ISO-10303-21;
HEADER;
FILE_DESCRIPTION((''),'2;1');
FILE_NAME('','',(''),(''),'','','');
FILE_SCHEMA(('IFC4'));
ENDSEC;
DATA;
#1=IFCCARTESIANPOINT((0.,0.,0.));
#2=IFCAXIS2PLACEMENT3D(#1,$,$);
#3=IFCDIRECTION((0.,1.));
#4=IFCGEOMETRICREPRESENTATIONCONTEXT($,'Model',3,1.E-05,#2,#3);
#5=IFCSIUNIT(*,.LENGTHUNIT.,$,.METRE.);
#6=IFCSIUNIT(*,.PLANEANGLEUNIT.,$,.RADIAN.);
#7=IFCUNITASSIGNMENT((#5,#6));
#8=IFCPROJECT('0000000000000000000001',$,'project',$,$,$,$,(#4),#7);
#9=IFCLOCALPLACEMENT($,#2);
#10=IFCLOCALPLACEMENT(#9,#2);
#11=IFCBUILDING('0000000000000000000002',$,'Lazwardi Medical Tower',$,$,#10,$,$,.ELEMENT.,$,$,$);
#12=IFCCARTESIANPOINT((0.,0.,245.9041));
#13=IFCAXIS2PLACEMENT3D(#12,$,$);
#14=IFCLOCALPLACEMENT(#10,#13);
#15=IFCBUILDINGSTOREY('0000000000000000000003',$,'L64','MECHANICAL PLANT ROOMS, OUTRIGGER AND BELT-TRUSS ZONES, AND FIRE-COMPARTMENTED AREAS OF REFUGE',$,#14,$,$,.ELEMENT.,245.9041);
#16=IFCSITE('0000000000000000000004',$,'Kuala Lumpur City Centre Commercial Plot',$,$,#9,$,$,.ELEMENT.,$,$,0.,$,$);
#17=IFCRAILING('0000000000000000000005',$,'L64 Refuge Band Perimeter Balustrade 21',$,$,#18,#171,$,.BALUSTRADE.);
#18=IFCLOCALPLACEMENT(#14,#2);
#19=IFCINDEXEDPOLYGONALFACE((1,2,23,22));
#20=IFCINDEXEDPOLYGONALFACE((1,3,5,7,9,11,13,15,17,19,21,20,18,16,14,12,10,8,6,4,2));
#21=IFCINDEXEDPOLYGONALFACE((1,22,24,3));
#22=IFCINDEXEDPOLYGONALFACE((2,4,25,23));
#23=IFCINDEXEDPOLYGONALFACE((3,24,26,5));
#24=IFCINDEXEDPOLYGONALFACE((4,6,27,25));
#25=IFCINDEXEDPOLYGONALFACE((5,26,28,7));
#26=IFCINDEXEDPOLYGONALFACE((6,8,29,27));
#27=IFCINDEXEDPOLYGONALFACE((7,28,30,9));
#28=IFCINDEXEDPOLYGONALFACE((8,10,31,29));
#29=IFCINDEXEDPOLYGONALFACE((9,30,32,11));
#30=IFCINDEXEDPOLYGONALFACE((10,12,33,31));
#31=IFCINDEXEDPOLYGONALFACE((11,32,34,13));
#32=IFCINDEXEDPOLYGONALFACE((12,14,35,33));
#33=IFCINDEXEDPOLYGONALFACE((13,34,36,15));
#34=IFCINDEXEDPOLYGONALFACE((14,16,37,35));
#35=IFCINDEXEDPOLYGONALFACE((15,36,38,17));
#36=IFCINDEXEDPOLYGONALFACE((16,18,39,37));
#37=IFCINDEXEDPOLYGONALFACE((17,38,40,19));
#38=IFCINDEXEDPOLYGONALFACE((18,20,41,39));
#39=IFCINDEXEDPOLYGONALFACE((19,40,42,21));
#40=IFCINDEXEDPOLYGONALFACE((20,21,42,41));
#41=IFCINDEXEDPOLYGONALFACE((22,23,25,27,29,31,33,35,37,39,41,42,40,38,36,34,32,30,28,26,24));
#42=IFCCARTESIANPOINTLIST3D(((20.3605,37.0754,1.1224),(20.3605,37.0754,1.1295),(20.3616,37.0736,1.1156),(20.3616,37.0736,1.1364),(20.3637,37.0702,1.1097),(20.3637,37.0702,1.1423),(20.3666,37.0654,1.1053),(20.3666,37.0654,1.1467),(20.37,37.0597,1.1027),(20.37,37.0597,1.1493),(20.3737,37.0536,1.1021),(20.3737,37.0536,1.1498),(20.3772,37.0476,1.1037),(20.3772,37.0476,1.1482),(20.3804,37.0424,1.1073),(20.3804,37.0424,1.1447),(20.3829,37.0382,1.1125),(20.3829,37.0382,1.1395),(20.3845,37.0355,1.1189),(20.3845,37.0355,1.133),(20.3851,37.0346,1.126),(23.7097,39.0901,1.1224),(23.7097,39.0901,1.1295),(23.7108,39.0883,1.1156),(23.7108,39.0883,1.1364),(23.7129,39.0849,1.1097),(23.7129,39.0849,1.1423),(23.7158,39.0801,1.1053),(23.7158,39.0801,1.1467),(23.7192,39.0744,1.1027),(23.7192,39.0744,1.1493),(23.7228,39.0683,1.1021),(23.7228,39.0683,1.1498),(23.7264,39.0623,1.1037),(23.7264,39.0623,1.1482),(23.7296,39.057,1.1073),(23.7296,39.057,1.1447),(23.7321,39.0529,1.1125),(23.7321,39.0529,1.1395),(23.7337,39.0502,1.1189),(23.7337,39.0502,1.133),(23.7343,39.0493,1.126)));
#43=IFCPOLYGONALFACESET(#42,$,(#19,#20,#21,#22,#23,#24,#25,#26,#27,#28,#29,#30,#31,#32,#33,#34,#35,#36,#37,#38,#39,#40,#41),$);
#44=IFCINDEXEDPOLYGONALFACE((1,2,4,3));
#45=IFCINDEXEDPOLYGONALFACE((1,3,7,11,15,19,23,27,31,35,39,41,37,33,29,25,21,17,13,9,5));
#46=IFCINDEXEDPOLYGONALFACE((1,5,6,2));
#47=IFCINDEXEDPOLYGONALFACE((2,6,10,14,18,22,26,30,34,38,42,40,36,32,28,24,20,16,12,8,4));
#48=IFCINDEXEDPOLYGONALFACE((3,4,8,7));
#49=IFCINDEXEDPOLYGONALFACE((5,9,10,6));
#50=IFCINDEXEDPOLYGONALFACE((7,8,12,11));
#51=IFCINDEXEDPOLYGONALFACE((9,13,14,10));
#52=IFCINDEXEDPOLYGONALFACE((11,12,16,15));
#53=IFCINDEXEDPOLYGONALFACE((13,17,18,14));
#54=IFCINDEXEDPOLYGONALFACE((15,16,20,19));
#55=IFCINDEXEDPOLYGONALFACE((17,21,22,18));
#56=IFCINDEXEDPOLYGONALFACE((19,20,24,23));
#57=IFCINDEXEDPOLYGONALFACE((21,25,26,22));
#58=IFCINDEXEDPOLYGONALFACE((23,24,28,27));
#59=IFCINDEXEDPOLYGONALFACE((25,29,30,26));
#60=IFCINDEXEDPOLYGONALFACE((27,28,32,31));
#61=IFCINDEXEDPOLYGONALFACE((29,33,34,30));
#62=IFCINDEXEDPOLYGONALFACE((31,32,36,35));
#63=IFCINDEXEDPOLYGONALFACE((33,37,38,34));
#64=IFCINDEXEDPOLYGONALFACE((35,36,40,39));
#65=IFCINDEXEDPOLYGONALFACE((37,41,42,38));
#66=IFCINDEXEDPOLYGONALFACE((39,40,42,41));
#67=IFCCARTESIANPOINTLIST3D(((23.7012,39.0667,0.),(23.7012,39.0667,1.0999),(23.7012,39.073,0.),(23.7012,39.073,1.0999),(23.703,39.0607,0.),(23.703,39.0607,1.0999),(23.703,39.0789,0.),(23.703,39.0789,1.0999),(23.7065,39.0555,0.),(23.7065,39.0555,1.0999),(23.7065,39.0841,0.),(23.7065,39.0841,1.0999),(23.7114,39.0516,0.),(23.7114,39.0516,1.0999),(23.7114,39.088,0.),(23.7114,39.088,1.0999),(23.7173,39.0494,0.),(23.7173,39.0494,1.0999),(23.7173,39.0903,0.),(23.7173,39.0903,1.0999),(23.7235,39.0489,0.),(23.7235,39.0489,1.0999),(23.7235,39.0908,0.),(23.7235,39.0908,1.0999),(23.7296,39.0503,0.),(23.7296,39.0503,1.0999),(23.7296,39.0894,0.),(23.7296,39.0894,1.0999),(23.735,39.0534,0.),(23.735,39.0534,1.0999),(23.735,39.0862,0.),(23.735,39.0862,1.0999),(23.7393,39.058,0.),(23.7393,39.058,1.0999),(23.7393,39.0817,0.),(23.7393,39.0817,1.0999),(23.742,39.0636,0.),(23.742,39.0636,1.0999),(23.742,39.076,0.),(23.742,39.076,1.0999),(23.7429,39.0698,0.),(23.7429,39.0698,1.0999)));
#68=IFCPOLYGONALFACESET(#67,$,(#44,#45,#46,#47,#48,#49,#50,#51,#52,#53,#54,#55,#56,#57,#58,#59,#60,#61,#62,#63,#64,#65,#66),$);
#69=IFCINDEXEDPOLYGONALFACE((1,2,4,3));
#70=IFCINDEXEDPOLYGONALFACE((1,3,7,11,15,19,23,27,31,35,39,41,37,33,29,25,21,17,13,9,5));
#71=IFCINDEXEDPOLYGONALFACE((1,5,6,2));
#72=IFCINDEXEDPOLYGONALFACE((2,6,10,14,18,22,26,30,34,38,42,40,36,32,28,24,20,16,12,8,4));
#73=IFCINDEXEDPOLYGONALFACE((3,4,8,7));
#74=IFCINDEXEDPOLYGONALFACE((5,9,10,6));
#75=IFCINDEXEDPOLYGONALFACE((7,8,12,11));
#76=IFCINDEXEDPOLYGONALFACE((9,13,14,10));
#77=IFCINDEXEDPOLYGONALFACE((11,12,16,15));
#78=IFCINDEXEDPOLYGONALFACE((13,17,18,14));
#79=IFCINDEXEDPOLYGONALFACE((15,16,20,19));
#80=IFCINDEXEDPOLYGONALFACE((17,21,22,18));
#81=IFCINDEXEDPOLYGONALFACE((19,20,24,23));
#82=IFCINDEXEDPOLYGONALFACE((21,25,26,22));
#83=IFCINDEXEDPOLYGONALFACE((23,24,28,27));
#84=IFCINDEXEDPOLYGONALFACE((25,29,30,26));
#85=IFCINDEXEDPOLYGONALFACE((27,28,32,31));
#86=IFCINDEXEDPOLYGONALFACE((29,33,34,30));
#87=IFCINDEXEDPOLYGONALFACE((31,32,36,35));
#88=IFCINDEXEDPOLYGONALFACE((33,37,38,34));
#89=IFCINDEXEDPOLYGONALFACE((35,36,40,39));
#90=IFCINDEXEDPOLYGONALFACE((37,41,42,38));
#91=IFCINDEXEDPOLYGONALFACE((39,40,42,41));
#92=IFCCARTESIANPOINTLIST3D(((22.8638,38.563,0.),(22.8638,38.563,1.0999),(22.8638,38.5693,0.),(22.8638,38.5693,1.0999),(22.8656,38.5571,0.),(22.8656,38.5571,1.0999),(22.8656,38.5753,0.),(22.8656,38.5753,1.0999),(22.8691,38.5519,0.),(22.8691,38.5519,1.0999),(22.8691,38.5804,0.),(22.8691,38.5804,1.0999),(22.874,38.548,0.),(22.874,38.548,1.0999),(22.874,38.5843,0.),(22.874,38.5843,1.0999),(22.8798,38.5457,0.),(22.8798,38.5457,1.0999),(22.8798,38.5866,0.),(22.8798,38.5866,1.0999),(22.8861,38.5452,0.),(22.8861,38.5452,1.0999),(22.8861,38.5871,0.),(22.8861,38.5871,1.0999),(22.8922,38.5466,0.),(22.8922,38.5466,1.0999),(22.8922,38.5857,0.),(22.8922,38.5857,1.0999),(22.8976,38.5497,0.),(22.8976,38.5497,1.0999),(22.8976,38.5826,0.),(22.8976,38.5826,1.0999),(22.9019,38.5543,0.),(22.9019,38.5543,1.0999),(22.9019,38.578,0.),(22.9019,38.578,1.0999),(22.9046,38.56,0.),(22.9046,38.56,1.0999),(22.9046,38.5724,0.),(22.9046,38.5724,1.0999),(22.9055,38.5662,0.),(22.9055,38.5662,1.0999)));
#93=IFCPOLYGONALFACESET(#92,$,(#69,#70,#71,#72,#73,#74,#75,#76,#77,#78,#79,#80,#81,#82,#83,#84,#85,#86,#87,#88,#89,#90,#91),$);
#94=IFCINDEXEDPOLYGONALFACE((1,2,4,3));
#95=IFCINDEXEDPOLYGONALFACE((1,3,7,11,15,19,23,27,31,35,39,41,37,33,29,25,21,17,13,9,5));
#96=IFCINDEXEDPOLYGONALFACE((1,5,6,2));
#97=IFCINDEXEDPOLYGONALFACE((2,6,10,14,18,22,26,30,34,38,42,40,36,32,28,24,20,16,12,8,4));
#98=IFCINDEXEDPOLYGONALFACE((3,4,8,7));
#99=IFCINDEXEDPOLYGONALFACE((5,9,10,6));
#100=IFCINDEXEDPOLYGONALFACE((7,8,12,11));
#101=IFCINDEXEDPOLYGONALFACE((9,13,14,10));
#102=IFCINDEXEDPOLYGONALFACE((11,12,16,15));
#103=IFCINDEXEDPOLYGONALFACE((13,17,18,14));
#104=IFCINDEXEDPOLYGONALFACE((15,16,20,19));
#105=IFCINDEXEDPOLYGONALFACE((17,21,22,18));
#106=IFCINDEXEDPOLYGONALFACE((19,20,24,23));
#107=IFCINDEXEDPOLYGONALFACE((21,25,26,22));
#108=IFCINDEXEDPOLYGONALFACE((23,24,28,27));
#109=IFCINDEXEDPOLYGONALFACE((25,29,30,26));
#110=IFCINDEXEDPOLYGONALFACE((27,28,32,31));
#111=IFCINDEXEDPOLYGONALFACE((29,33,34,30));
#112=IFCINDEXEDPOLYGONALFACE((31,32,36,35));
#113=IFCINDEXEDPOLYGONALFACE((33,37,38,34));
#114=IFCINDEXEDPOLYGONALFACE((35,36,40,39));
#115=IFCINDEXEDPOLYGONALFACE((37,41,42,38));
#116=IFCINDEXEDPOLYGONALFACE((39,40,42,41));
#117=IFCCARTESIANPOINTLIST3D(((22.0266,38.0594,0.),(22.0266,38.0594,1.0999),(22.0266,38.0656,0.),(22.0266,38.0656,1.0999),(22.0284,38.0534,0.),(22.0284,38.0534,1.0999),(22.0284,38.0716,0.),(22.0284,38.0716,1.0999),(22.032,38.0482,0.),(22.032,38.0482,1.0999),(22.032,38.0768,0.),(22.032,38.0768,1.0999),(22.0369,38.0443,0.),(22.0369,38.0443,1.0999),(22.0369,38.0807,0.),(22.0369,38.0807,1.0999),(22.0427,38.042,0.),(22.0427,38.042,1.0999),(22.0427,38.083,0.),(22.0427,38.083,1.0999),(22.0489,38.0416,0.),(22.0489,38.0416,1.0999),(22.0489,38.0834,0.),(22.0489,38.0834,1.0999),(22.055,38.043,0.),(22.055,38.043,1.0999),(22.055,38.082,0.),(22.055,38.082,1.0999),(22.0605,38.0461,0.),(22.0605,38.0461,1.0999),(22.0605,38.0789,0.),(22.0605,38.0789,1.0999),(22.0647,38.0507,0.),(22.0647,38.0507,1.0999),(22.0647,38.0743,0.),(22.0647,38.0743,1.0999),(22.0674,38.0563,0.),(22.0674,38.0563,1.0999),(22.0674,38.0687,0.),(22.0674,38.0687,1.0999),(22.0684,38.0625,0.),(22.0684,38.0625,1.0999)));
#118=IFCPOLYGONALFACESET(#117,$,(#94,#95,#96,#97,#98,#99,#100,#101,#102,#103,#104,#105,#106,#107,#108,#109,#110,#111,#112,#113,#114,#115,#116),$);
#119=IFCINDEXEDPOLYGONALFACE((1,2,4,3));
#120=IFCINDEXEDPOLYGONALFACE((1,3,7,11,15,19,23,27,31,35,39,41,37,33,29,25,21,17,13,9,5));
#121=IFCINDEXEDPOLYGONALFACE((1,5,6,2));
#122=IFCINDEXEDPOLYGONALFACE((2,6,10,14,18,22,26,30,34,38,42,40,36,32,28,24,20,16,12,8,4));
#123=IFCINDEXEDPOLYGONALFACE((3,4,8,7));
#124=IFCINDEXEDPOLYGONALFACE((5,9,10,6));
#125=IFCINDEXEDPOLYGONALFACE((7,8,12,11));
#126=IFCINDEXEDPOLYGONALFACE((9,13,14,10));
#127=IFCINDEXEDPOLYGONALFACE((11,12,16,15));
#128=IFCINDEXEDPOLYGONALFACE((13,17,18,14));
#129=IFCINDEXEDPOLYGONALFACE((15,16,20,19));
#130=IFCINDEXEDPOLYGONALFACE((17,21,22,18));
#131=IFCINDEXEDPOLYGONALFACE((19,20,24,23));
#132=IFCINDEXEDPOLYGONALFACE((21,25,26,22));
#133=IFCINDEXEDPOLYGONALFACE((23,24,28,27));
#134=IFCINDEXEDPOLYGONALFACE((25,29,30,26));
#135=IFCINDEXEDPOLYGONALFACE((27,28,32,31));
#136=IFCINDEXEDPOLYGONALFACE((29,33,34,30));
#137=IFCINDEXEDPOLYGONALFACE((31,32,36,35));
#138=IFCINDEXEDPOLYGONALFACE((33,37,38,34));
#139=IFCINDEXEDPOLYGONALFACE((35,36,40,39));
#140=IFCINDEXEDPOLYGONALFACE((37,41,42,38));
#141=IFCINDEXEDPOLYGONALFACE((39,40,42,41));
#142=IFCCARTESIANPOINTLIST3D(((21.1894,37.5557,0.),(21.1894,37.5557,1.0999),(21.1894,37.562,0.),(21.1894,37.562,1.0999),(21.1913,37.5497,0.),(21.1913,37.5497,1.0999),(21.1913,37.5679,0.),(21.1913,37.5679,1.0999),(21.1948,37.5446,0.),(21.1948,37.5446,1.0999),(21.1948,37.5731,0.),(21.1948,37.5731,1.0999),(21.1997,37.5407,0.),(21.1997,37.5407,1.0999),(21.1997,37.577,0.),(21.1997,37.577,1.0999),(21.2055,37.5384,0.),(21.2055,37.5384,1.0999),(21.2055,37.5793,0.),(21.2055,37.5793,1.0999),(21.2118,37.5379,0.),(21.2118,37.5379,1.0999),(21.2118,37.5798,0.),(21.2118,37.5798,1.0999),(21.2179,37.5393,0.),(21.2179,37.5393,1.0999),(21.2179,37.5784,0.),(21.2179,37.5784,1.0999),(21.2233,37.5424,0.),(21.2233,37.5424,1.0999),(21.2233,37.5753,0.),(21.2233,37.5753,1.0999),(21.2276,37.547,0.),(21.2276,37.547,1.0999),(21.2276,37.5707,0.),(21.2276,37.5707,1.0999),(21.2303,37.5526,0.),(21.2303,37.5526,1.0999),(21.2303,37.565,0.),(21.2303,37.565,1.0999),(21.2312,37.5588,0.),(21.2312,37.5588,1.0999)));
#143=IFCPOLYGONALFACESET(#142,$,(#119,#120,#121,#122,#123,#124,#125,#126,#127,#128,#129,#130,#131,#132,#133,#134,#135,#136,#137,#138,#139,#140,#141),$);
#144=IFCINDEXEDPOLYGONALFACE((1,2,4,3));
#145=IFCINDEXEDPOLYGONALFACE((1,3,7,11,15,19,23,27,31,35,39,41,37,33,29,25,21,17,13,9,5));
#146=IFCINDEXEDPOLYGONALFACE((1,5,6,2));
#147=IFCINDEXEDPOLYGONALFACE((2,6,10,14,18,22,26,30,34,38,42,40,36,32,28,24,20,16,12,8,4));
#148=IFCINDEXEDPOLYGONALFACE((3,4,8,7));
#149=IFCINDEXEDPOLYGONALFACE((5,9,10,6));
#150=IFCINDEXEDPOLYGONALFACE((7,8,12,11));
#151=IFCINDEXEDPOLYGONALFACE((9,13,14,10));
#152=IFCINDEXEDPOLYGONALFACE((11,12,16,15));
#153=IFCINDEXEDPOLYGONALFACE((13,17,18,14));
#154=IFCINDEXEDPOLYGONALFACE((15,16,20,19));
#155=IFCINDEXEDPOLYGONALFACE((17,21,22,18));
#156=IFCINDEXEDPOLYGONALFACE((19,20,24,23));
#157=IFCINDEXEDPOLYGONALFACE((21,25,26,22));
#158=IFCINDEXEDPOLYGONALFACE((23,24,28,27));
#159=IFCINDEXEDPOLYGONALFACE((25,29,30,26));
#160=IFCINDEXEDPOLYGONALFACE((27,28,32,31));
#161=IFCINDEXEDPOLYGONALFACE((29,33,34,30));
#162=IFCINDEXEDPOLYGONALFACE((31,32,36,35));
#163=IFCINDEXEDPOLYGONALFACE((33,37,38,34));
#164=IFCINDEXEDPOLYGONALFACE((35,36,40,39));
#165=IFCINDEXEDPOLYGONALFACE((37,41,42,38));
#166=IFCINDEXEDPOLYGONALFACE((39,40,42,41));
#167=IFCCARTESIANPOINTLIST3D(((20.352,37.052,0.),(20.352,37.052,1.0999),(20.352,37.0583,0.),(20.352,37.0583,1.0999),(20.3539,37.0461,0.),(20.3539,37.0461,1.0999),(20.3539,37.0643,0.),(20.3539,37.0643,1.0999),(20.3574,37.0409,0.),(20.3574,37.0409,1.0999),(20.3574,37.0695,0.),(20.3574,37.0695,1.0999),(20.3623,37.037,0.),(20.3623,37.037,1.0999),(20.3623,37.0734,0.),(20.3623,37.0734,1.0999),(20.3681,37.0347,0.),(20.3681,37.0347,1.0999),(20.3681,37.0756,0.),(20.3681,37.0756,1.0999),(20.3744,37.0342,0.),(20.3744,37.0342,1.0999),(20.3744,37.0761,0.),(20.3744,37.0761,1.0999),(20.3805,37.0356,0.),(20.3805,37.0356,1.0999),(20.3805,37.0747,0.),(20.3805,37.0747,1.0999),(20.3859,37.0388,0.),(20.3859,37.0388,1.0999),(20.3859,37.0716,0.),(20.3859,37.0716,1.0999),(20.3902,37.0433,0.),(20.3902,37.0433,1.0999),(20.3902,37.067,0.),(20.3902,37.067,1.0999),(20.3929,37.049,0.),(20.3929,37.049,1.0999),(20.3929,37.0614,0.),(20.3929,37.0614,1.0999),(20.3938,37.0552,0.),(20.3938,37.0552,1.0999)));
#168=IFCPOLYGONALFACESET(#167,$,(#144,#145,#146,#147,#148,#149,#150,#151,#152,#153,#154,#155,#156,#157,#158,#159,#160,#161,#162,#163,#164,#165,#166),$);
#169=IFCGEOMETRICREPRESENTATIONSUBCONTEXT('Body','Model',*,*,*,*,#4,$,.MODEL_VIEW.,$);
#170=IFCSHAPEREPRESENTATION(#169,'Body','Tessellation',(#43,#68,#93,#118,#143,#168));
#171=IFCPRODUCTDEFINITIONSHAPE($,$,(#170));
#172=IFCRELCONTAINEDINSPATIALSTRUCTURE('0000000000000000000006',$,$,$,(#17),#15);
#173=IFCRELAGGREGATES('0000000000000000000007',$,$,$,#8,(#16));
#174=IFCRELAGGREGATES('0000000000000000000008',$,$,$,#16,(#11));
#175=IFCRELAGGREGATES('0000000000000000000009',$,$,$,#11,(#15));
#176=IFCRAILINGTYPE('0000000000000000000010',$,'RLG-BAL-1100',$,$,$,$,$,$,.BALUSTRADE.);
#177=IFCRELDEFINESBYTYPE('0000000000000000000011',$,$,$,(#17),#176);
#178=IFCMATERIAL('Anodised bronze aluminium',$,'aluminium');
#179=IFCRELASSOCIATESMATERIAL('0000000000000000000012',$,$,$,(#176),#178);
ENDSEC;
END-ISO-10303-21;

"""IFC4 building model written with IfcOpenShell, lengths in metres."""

from ifc_helpers import new_model, si_unit, direction, frame, origin, origin_2d, place, context, subcontext, project, spatial, circle, extrude, material, type_object, element, save


model = new_model("IFC4")

# Units and contexts
model_context = context("Model", 3, precision=1e-05, world=origin(), true_north=direction((0.0, 1.0)))
body_context = subcontext(model_context, "Body", "Model", "MODEL_VIEW")
ifc_project = project(units=[si_unit("LENGTHUNIT", "METRE"), si_unit("PLANEANGLEUNIT", "RADIAN")], contexts=[model_context])

# Site, building, storey
site_placement = place(None, origin())
site = spatial("IfcSite", under=ifc_project, at=site_placement, Name="Kuala Lumpur City Centre Commercial Plot", CompositionType="ELEMENT", RefElevation=0.0)
building_placement = place(site_placement, origin())
building = spatial("IfcBuilding", under=site, at=building_placement, Name="Lazwardi Medical Tower", CompositionType="ELEMENT")
storey_placement = place(building_placement, frame((0.0, 0.0, 245.9041)))
storey = spatial("IfcBuildingStorey", under=building, at=storey_placement, Name="L64", Description="MECHANICAL PLANT ROOMS, OUTRIGGER AND BELT-TRUSS ZONES, AND FIRE-COMPARTMENTED AREAS OF REFUGE", CompositionType="ELEMENT", Elevation=245.9041)

# Railing
ifc_material_1 = material(Name="Anodised bronze aluminium", Category="aluminium")
railing_type = type_object("IfcRailingType", Name="RLG-BAL-1100", PredefinedType="BALUSTRADE", material=ifc_material_1)
railing_1_placement = place(storey_placement, frame((23.7219, 39.0698, 0.0)))
element("IfcRailing", 1, at=railing_1_placement, inside=storey, type_object=railing_type, Name="L64 Refuge Band Perimeter Balustrade 21", PredefinedType="BALUSTRADE", context=body_context, shape_type="SweptSolid", body=[
    extrude(circle(Radius=0.0239, at=origin_2d()), frame((0.0, 0.0, 1.126), z_axis=(-0.856908, -0.515469, 0.0), x_axis=(0.515469, -0.856908, 0.0)), (0.0, 0.0, 1.0), 3.9084),
    extrude(circle(Radius=0.021, at=origin_2d()), origin(), (0.0, 0.0, 1.0), 1.0999),
    extrude(circle(Radius=0.021, at=origin_2d()), frame((-0.8374, -0.5037, 0.0)), (0.0, 0.0, 1.0), 1.0999),
    extrude(circle(Radius=0.021, at=origin_2d()), frame((-1.6746, -1.0073, 0.0)), (0.0, 0.0, 1.0), 1.0999),
    extrude(circle(Radius=0.021, at=origin_2d()), frame((-2.5117, -1.511, 0.0)), (0.0, 0.0, 1.0), 1.0999),
    extrude(circle(Radius=0.021, at=origin_2d()), frame((-3.3491, -2.0146, 0.0)), (0.0, 0.0, 1.0), 1.0999),
])

save(model, "model.ifc")
